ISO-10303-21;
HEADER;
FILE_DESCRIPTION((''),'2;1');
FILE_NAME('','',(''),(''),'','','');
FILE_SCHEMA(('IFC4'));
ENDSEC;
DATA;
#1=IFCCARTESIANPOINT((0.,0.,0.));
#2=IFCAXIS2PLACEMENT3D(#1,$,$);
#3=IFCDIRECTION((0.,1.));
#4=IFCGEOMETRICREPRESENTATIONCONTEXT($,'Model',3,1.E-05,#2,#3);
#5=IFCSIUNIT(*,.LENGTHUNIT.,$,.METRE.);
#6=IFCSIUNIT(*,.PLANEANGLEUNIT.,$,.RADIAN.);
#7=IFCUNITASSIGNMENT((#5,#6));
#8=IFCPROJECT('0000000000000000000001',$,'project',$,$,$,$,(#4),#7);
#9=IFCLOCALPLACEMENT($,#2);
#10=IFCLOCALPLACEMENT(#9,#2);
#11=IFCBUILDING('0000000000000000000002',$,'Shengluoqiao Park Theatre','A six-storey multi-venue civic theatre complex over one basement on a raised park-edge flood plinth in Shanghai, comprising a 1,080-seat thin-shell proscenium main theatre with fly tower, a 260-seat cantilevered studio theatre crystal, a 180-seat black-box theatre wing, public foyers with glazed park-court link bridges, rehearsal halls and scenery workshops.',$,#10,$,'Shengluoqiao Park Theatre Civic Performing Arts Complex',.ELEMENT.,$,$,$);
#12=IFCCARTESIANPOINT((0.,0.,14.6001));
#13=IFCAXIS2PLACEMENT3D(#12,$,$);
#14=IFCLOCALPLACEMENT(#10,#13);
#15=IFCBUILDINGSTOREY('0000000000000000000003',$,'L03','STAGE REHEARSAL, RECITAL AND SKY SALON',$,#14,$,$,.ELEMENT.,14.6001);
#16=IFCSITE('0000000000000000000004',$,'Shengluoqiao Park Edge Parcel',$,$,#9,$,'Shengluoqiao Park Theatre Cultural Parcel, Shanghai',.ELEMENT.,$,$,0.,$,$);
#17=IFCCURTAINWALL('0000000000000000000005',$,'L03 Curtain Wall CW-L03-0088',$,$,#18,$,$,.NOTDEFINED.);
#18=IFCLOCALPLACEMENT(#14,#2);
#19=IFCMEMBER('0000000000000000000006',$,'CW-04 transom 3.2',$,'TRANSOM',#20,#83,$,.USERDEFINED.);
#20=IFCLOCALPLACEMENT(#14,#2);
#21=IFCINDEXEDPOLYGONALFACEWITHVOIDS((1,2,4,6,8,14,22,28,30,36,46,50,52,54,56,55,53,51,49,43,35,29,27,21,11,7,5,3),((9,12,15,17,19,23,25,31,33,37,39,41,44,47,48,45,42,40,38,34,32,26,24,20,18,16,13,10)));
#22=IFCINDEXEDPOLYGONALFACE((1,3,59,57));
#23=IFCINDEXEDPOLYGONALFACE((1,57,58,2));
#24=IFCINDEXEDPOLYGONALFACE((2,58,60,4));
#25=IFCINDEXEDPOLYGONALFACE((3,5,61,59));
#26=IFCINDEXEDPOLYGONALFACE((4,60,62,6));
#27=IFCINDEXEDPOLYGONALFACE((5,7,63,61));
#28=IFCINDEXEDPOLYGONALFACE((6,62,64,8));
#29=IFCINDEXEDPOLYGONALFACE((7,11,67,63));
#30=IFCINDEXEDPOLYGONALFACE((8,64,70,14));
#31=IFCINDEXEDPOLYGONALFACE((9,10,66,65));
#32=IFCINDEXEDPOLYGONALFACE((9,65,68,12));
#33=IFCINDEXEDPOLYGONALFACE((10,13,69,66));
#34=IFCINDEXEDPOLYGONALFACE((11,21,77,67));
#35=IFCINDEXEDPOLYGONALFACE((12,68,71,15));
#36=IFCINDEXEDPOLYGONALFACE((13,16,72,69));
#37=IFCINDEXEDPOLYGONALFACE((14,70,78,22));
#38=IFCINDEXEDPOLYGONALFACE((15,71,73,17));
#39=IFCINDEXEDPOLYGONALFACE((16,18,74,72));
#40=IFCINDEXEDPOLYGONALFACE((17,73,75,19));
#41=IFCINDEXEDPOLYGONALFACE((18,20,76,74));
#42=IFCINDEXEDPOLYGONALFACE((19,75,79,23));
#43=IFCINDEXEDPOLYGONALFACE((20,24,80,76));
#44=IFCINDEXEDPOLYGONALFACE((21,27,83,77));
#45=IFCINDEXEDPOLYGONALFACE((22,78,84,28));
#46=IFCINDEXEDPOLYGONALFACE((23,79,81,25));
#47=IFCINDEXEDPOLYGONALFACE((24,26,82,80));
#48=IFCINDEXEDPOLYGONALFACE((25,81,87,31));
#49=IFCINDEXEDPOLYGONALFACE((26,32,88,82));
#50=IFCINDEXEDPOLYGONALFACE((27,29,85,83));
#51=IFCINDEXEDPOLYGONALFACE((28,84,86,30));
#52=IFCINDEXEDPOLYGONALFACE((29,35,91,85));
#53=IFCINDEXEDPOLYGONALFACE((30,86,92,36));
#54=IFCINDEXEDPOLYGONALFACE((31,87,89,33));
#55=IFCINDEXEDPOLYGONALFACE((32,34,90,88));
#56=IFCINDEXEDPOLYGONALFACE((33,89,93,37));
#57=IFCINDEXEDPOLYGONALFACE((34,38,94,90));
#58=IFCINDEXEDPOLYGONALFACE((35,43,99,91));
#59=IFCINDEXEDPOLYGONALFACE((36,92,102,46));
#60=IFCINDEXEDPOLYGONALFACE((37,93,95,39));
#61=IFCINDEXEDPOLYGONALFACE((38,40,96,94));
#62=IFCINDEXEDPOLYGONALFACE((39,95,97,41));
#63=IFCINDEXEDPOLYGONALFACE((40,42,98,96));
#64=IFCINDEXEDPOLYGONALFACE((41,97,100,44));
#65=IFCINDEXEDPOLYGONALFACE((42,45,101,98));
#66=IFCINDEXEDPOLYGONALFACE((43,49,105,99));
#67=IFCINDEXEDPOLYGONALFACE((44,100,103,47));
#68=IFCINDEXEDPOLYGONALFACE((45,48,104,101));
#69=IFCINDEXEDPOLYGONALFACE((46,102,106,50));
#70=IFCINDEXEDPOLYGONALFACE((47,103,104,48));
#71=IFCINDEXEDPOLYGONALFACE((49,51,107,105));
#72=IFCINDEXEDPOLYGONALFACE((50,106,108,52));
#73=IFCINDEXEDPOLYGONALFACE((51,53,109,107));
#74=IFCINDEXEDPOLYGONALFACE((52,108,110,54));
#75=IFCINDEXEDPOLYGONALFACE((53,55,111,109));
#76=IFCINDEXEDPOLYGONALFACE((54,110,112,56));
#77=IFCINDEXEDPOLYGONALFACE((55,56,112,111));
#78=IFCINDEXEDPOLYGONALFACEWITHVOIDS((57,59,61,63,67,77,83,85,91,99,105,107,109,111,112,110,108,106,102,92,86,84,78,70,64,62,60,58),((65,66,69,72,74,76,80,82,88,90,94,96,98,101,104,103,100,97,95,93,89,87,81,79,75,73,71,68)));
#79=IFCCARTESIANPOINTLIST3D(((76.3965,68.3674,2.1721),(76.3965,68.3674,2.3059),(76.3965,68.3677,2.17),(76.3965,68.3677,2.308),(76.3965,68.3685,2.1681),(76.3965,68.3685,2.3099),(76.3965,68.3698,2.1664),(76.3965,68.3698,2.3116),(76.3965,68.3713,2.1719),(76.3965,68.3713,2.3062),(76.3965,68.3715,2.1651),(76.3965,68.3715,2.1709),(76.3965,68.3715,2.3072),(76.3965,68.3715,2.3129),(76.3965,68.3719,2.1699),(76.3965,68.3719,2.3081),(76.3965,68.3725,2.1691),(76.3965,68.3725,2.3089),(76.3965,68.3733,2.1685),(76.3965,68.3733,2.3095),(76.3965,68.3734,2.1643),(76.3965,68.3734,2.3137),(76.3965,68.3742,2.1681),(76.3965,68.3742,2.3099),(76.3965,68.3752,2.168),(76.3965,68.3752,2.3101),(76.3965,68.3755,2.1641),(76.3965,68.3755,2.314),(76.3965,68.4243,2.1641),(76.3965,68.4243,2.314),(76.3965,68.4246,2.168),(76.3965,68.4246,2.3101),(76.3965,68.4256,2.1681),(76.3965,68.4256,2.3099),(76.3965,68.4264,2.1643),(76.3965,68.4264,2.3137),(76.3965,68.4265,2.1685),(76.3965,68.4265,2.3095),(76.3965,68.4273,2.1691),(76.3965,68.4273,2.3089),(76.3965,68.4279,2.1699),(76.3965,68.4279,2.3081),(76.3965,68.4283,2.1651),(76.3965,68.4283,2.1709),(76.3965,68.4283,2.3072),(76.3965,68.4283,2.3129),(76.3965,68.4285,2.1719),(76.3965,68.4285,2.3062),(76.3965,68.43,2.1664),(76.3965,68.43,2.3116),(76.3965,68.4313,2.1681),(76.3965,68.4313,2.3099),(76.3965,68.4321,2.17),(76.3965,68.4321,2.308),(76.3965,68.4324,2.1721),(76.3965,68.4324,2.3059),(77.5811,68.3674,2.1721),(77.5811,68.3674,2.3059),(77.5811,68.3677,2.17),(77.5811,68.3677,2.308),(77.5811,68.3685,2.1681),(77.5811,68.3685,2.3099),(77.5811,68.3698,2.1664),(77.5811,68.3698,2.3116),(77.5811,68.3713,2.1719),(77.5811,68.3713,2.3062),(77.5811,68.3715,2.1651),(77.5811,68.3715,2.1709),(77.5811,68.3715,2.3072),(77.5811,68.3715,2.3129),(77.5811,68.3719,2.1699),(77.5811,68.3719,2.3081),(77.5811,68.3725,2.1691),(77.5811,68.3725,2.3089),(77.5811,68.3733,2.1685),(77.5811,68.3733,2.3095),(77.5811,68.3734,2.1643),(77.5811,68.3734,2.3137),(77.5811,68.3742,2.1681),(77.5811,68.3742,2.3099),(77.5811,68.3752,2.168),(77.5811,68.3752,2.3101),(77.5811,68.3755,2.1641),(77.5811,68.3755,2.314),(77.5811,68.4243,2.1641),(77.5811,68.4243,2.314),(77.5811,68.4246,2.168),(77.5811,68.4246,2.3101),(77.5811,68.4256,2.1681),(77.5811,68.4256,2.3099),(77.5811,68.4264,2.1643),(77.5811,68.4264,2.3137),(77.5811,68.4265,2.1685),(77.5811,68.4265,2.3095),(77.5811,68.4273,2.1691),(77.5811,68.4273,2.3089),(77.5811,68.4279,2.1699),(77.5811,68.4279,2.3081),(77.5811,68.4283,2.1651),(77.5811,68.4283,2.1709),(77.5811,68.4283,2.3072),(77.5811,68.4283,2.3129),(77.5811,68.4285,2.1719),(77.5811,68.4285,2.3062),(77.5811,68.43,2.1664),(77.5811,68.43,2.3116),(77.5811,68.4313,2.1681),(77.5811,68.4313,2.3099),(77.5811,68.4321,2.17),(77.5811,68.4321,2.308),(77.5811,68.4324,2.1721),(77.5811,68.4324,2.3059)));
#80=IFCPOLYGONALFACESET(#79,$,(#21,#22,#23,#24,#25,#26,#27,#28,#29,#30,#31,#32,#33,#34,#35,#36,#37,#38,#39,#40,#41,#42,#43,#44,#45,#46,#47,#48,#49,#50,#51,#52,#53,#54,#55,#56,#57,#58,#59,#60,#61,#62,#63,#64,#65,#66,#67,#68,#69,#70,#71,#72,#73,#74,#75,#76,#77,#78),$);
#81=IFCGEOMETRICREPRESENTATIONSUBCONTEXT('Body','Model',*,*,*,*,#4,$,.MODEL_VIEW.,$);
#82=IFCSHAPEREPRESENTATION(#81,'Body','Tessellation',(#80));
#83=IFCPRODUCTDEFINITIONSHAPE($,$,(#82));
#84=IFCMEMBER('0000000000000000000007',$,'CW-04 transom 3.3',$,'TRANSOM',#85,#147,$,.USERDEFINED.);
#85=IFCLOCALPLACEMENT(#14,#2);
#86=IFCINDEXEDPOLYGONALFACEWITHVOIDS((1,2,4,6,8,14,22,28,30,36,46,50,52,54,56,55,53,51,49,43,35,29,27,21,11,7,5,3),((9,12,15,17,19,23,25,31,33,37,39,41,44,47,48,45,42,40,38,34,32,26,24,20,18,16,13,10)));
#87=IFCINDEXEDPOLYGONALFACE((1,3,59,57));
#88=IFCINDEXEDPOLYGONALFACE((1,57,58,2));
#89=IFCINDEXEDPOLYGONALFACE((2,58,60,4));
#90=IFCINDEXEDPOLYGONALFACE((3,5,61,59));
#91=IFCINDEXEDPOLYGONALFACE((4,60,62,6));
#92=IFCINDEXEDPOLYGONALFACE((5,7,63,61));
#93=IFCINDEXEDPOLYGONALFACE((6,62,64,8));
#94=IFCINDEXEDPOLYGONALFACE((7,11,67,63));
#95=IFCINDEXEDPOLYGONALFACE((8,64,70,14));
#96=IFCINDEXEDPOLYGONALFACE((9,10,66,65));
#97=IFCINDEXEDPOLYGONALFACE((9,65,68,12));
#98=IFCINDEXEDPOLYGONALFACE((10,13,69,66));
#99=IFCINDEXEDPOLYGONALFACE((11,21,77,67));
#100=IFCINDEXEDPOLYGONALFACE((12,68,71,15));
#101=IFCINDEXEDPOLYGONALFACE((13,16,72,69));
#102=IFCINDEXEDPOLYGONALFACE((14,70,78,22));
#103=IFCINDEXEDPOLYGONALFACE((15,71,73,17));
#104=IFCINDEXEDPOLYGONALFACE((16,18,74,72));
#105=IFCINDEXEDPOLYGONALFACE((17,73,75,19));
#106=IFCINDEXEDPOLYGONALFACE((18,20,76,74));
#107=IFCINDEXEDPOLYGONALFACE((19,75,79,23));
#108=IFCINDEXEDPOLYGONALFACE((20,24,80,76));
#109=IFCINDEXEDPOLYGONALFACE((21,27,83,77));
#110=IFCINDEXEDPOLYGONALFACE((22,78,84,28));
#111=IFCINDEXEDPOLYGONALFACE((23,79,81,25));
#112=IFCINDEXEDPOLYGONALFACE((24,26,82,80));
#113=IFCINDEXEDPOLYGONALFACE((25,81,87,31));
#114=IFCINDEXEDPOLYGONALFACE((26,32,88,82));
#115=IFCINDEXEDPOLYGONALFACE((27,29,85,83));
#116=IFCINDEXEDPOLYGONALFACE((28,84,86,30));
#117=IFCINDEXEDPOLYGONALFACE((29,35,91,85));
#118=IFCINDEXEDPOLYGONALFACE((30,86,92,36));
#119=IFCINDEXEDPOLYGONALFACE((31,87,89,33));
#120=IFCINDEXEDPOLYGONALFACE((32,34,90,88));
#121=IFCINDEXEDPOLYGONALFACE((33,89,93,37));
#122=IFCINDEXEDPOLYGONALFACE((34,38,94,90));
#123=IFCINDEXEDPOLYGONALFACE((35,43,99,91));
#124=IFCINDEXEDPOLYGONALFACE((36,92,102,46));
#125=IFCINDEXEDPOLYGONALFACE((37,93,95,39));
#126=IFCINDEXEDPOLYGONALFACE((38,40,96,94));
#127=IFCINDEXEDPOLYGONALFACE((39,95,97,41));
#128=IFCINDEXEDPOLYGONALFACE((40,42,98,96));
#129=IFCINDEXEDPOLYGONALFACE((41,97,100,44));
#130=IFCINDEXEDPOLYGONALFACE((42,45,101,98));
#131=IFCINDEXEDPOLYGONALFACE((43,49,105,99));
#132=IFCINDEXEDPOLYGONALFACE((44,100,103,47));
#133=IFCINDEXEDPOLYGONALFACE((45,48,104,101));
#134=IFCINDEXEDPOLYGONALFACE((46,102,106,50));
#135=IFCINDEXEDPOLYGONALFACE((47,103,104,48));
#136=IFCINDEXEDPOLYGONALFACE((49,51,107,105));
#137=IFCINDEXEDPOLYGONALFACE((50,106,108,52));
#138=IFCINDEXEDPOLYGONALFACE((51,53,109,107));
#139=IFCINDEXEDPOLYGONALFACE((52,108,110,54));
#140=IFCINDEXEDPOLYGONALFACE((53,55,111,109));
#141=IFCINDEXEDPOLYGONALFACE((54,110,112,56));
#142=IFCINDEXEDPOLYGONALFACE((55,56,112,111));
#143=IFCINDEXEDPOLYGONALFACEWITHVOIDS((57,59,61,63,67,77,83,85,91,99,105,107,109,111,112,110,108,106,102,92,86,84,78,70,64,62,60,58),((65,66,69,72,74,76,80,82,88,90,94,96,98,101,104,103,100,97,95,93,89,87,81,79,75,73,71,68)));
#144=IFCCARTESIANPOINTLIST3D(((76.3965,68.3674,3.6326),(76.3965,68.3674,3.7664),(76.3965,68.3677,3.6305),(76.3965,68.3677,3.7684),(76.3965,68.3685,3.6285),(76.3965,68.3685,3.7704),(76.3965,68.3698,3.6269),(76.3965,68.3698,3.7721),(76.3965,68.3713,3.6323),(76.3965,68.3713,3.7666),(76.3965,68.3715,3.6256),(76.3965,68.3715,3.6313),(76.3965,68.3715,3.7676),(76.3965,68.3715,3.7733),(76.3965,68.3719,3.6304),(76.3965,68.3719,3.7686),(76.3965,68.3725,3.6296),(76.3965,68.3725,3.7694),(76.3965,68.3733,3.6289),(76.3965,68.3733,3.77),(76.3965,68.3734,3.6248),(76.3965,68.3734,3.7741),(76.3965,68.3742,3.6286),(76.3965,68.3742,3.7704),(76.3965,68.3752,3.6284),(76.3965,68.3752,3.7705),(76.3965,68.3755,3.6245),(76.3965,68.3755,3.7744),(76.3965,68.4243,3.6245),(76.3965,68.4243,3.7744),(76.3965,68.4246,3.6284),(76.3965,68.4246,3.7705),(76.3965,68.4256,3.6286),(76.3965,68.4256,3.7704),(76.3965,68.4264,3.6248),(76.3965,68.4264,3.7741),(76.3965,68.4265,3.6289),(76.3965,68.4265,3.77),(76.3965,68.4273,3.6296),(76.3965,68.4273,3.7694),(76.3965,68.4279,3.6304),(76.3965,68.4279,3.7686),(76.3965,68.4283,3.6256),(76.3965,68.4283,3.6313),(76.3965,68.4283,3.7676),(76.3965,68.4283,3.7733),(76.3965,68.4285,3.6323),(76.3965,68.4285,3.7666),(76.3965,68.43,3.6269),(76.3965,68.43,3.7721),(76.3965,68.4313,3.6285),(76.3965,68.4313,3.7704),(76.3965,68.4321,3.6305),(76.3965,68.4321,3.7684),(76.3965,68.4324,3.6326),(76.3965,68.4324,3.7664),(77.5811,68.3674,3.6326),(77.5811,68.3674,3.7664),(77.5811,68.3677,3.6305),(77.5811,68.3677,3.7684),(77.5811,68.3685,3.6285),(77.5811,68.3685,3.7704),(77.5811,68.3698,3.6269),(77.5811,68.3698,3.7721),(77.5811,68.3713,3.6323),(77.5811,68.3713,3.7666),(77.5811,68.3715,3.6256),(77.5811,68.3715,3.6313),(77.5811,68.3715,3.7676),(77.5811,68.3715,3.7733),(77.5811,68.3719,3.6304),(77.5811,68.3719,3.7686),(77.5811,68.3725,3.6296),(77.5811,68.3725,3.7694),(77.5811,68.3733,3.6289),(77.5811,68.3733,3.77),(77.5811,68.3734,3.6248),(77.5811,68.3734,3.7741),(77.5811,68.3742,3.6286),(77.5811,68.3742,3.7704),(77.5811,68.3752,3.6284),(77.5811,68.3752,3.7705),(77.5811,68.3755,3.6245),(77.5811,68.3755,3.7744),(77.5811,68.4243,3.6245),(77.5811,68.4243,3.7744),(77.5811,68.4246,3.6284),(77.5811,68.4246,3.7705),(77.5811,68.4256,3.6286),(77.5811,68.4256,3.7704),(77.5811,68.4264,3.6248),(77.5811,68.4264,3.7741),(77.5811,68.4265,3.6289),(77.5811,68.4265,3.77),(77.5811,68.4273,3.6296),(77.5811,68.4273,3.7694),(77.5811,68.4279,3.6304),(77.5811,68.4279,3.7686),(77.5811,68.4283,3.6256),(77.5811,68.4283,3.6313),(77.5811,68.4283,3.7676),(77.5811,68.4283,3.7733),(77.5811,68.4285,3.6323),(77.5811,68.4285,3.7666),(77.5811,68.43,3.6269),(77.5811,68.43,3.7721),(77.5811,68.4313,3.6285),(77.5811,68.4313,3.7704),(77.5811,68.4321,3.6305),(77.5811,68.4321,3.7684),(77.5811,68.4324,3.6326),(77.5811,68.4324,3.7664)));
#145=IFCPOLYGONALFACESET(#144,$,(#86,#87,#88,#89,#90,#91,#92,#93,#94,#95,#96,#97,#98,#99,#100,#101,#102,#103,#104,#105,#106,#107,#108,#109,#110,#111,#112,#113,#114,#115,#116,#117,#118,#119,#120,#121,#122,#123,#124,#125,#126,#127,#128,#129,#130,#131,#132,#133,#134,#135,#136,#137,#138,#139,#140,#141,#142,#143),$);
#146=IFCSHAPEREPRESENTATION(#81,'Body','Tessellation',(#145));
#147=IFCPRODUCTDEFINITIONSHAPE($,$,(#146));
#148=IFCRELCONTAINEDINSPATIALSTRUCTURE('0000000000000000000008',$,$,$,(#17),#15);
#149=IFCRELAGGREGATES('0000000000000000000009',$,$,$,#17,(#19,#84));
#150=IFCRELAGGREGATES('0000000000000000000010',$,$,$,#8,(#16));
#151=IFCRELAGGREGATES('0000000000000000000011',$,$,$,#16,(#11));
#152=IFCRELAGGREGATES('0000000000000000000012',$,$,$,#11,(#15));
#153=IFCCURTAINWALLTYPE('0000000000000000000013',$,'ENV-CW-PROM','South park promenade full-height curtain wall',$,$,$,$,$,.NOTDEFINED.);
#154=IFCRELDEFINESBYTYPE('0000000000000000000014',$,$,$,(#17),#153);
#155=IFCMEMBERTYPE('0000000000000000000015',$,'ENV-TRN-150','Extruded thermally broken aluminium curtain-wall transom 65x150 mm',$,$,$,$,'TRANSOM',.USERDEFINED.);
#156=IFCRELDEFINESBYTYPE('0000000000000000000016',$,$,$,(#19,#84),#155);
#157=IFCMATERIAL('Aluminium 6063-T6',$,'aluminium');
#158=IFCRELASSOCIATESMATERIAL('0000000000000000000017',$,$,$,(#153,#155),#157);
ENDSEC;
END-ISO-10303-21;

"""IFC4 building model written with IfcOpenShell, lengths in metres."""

from ifc_helpers import new_model, si_unit, direction, frame, origin, origin_2d, place, context, subcontext, project, spatial, hollow_rectangle, extrude, material, material_profile, profile_set, type_object, element, aggregate, save


model = new_model("IFC4")

# Units and contexts
model_context = context("Model", 3, precision=1e-05, world=origin(), true_north=direction((0.0, 1.0)))
body_context = subcontext(model_context, "Body", "Model", "MODEL_VIEW")
ifc_project = project(units=[si_unit("LENGTHUNIT", "METRE"), si_unit("PLANEANGLEUNIT", "RADIAN")], contexts=[model_context])

# Site, building, storey
site_placement = place(None, origin())
site = spatial("IfcSite", under=ifc_project, at=site_placement, Name="Shengluoqiao Park Edge Parcel", LongName="Shengluoqiao Park Theatre Cultural Parcel, Shanghai", CompositionType="ELEMENT", RefElevation=0.0)
building_placement = place(site_placement, origin())
building = spatial("IfcBuilding", under=site, at=building_placement, Name="Shengluoqiao Park Theatre", Description="A six-storey multi-venue civic theatre complex over one basement on a raised park-edge flood plinth in Shanghai, comprising a 1,080-seat thin-shell proscenium main theatre with fly tower, a 260-seat cantilevered studio theatre crystal, a 180-seat black-box theatre wing, public foyers with glazed park-court link bridges, rehearsal halls and scenery workshops.", LongName="Shengluoqiao Park Theatre Civic Performing Arts Complex", CompositionType="ELEMENT")
storey_placement = place(building_placement, frame((0.0, 0.0, 14.6001)))
storey = spatial("IfcBuildingStorey", under=building, at=storey_placement, Name="L03", Description="STAGE REHEARSAL, RECITAL AND SKY SALON", CompositionType="ELEMENT", Elevation=14.6001)

# Curtain wall
ifc_material_1 = material(Name="Aluminium 6063-T6", Category="aluminium")
curtain_wall_type = type_object("IfcCurtainWallType", Name="ENV-CW-PROM", Description="South park promenade full-height curtain wall", PredefinedType="NOTDEFINED", material=ifc_material_1)
curtain_wall_1_placement = place(storey_placement, origin())
curtain_wall_1 = element("IfcCurtainWall", 1, at=curtain_wall_1_placement, inside=storey, type_object=curtain_wall_type, Name="L03 Curtain Wall CW-L03-0088", PredefinedType="NOTDEFINED")

# Members
ifc_material_profile_1 = material_profile(ifc_material_1, hollow_rectangle(XDim=0.0649, YDim=0.1499, WallThickness=0.0039, InnerFilletRadius=0.0039, OuterFilletRadius=0.0081, at=origin_2d()), Name="ALU TRANSOM 150x65x4")
ifc_profile_set_1 = profile_set([ifc_material_profile_1], Name="Aluminium 6063-T6")
member_type_1 = type_object("IfcMemberType", Name="ENV-TRN-150", Description="Extruded thermally broken aluminium curtain-wall transom 65x150 mm", ElementType="TRANSOM", PredefinedType="USERDEFINED", material=ifc_profile_set_1)
member_1_placement = place(storey_placement, frame((76.3965, 68.3999, 2.239), z_axis=(1.0, 0.0, 0.0), x_axis=(0.0, 1.0, 0.0)))
member_1 = element("IfcMember", 2, at=member_1_placement, type_object=member_type_1, Name="CW-04 transom 3.2", ObjectType="TRANSOM", PredefinedType="USERDEFINED", context=body_context, shape_type="SweptSolid", body=[
    extrude(hollow_rectangle(XDim=0.0649, YDim=0.1499, WallThickness=0.0039, InnerFilletRadius=0.0039, OuterFilletRadius=0.0081, at=origin_2d()), origin(), (0.0, 0.0, 1.0), 1.1846),
])
member_2_placement = place(storey_placement, frame((76.3965, 68.3999, 3.6995), z_axis=(1.0, 0.0, 0.0), x_axis=(0.0, 1.0, 0.0)))
member_2 = element("IfcMember", 3, at=member_2_placement, type_object=member_type_1, Name="CW-04 transom 3.3", ObjectType="TRANSOM", PredefinedType="USERDEFINED", context=body_context, shape_type="SweptSolid", body=[
    extrude(hollow_rectangle(XDim=0.0649, YDim=0.1499, WallThickness=0.0039, InnerFilletRadius=0.0039, OuterFilletRadius=0.0081, at=origin_2d()), origin(), (0.0, 0.0, 1.0), 1.1846),
])

aggregate(curtain_wall_1, [member_1, member_2])

save(model, "model.ifc")
